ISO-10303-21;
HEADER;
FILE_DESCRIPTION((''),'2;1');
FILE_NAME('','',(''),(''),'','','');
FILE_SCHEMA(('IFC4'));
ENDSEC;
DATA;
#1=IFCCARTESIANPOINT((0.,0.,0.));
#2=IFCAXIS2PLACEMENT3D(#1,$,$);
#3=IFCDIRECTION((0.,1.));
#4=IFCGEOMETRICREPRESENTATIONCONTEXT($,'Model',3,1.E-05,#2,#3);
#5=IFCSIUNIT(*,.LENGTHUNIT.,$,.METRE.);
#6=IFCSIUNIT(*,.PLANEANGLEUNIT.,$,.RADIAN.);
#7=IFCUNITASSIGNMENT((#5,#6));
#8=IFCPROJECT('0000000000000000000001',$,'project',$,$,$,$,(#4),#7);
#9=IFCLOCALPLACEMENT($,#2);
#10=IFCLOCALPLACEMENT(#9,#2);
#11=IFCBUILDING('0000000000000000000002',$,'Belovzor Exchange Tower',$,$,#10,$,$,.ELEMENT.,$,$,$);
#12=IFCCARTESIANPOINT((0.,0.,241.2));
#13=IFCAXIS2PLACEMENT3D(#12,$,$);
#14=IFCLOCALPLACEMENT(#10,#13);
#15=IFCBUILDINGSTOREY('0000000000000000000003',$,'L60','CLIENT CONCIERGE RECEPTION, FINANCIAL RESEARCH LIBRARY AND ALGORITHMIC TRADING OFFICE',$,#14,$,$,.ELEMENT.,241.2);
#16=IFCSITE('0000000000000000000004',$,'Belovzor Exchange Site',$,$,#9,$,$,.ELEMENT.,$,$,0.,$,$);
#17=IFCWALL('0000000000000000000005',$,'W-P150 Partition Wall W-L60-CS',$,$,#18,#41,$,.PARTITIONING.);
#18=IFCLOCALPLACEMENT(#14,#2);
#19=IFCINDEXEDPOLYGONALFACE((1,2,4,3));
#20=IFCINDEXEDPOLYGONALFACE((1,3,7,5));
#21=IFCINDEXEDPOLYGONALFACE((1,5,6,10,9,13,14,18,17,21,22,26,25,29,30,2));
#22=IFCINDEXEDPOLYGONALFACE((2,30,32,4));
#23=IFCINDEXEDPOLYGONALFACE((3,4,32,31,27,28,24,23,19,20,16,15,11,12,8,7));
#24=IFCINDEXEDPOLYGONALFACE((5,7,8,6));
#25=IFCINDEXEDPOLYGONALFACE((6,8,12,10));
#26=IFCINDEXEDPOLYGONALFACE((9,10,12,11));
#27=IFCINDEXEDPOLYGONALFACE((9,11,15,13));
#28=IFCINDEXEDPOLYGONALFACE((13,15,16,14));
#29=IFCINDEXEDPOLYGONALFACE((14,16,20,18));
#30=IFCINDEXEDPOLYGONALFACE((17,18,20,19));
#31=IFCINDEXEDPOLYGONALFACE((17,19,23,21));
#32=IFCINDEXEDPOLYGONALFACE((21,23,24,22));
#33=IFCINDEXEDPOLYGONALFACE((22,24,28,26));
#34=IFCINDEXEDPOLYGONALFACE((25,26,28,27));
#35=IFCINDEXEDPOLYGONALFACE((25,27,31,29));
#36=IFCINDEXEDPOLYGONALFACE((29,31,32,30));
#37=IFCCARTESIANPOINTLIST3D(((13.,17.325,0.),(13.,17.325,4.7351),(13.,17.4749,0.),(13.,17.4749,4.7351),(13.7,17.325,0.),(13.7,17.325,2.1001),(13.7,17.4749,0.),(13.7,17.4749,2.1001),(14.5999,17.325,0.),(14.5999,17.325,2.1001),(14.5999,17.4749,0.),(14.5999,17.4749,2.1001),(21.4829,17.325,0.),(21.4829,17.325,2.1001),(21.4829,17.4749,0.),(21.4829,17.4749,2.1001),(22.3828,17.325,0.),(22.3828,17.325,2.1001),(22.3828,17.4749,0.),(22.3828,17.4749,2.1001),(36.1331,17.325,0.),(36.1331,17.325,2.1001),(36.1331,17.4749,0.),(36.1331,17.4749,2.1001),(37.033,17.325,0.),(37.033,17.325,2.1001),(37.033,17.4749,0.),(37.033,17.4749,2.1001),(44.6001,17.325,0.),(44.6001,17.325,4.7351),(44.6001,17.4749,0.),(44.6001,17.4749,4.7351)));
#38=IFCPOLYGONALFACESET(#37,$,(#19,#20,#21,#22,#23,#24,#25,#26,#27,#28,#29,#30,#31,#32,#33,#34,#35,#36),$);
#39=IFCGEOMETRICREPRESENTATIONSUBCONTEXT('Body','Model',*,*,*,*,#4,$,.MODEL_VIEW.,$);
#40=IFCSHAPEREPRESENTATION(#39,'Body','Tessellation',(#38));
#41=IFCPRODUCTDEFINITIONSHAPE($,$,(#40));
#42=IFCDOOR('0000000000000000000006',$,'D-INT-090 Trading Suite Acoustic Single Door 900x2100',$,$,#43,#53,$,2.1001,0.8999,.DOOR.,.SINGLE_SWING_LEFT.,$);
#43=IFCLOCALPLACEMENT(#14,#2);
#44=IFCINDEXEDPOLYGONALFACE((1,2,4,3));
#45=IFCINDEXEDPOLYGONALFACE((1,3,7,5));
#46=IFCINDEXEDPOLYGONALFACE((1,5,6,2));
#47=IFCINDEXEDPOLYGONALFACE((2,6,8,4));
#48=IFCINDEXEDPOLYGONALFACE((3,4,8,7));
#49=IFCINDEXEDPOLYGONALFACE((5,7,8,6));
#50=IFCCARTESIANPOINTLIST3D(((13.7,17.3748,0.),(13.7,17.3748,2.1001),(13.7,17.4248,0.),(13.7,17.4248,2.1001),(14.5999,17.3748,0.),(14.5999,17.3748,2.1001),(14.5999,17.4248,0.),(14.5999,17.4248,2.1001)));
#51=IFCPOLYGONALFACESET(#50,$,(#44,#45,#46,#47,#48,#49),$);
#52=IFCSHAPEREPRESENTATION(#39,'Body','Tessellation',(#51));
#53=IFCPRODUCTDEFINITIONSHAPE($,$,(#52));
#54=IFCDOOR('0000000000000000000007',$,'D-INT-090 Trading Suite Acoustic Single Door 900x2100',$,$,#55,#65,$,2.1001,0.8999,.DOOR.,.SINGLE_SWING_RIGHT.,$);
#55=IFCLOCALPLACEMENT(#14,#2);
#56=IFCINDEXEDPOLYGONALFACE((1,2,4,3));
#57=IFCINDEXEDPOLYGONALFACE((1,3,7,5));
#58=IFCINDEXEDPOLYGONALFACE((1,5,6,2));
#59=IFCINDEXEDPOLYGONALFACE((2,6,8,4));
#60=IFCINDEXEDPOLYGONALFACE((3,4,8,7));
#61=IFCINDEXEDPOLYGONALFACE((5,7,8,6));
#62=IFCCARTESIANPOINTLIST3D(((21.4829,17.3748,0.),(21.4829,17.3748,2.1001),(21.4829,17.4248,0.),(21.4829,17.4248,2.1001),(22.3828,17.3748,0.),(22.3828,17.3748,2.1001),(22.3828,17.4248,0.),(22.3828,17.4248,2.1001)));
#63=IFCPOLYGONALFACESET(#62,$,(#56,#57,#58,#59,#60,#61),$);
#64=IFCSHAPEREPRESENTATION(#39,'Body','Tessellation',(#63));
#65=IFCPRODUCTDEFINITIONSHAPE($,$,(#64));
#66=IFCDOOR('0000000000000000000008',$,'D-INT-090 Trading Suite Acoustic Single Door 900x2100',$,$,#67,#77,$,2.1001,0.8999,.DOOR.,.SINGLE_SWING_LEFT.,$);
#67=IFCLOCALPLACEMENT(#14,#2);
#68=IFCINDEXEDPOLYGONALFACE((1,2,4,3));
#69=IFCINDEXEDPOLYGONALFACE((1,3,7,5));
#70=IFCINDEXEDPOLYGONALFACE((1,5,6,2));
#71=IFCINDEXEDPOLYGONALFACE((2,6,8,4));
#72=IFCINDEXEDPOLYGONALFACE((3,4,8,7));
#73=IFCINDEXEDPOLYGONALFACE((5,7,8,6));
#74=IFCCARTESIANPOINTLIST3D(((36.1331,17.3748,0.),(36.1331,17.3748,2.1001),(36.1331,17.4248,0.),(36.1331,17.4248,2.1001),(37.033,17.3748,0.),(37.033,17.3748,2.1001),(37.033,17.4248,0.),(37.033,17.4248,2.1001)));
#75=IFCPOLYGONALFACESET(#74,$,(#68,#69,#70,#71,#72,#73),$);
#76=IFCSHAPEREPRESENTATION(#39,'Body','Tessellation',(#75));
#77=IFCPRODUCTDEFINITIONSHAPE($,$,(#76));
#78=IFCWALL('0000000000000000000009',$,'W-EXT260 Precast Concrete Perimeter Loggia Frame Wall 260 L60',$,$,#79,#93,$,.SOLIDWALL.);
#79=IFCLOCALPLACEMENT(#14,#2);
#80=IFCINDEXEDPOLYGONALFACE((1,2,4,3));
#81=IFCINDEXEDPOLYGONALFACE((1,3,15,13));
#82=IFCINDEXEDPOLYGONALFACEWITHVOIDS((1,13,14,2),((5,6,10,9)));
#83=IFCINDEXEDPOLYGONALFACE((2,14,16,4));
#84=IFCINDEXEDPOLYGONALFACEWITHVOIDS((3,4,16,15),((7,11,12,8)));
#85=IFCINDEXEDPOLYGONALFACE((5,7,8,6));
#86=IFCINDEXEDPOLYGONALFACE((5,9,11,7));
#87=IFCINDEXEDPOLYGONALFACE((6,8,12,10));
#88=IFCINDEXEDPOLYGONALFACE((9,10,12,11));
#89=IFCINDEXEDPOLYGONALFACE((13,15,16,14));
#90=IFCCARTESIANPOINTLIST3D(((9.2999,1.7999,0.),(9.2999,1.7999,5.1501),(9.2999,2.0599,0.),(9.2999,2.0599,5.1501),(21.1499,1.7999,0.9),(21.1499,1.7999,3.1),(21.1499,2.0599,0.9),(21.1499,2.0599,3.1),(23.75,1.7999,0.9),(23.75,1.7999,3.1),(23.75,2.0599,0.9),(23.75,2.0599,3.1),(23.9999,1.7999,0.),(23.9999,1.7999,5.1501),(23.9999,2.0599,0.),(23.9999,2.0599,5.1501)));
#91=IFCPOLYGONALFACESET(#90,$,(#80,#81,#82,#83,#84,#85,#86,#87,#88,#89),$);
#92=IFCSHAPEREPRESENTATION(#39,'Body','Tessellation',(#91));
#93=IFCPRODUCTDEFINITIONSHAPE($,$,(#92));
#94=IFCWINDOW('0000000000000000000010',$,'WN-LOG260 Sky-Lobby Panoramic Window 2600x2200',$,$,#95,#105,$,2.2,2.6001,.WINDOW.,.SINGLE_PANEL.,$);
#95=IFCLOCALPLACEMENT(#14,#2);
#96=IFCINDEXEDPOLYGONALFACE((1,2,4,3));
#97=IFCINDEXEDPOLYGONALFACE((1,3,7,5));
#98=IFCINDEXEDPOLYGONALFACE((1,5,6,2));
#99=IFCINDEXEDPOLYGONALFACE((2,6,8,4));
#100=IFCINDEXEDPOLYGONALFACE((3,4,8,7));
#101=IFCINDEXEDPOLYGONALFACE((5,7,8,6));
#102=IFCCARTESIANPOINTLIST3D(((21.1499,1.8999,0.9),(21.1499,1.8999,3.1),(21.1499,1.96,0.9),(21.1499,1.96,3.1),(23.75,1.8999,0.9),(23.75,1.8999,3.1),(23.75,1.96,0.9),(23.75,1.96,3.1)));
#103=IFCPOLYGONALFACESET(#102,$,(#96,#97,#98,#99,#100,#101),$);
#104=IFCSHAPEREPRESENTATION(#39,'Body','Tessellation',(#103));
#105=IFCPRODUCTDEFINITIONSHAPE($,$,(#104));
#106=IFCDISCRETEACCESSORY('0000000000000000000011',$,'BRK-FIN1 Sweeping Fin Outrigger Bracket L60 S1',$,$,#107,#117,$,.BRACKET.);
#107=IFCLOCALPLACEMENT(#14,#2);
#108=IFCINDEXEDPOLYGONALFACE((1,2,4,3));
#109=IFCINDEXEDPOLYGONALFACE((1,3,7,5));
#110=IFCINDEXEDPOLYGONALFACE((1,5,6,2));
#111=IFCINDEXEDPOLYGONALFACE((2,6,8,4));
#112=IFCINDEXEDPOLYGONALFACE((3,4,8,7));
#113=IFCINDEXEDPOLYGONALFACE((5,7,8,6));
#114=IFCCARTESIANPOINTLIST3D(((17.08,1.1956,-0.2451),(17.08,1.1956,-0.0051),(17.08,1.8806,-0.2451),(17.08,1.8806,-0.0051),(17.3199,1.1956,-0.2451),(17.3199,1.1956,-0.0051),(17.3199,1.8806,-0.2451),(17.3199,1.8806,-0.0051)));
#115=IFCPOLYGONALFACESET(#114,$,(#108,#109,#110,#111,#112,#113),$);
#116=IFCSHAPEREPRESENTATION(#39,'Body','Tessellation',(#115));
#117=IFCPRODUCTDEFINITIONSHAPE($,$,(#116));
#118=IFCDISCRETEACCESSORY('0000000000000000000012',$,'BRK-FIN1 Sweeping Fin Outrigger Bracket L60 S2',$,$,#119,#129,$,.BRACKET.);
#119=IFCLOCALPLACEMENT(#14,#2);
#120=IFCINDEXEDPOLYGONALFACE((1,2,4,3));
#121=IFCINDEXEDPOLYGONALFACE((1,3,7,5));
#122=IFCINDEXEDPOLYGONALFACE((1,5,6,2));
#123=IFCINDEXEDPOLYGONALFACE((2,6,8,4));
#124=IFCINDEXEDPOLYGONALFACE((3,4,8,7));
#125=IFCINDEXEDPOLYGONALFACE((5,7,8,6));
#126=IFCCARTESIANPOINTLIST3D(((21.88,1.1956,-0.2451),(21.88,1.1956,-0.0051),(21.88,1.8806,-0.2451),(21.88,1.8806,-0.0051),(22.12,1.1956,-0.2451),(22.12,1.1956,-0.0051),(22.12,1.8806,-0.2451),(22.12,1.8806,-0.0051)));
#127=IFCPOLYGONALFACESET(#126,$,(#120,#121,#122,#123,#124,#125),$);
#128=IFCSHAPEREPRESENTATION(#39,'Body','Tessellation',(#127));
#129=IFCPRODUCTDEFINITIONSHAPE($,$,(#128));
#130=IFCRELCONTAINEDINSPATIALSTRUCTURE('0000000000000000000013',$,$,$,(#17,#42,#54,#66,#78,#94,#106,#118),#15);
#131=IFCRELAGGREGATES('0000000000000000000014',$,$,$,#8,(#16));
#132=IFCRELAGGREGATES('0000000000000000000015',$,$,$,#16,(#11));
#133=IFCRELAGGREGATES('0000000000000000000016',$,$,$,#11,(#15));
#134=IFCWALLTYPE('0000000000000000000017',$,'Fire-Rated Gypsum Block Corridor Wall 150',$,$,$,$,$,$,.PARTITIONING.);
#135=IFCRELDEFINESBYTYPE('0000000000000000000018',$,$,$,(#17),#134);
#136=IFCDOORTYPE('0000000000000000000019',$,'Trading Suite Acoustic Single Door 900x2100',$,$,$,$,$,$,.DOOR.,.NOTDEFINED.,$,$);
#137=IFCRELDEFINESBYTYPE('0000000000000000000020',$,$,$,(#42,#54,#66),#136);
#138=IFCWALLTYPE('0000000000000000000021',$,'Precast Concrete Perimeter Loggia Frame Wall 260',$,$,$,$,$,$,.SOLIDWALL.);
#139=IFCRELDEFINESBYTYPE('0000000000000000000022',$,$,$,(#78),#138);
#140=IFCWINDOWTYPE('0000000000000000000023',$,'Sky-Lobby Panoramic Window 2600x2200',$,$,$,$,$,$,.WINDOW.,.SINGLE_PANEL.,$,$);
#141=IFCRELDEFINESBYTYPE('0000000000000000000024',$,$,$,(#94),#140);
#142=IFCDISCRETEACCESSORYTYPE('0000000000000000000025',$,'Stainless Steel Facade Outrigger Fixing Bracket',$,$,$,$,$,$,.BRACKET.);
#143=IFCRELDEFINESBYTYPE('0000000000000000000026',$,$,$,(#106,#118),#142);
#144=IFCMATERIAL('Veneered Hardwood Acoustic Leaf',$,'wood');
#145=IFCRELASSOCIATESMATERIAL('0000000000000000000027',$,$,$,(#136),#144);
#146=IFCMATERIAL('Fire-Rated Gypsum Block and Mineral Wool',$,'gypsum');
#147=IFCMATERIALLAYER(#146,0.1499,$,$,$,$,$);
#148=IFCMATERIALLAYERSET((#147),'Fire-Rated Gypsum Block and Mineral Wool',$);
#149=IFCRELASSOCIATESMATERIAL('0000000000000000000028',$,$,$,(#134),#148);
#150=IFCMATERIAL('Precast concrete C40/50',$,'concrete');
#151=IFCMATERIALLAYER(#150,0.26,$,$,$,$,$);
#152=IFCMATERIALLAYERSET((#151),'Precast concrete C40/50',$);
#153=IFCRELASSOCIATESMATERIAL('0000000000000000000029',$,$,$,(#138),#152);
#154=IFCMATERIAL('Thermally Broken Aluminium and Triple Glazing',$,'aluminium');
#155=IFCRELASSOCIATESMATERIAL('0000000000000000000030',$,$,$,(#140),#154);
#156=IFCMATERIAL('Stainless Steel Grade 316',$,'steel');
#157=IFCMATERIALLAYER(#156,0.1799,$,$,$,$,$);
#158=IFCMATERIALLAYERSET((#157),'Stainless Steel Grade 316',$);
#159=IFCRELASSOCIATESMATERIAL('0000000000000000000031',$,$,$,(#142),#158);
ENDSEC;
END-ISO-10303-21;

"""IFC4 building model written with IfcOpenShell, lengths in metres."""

from ifc_helpers import new_model, si_unit, direction, frame, frame_2d, origin, origin_2d, place, context, subcontext, project, spatial, rectangle, extrude, material, layer, layer_set, type_object, element, fill, save


model = new_model("IFC4")

# Units and contexts
model_context = context("Model", 3, precision=1e-05, world=origin(), true_north=direction((0.0, 1.0)))
body_context = subcontext(model_context, "Body", "Model", "MODEL_VIEW")
ifc_project = project(units=[si_unit("LENGTHUNIT", "METRE"), si_unit("PLANEANGLEUNIT", "RADIAN")], contexts=[model_context])

# Site, building, storey
site_placement = place(None, origin())
site = spatial("IfcSite", under=ifc_project, at=site_placement, Name="Belovzor Exchange Site", CompositionType="ELEMENT", RefElevation=0.0)
building_placement = place(site_placement, origin())
building = spatial("IfcBuilding", under=site, at=building_placement, Name="Belovzor Exchange Tower", CompositionType="ELEMENT")
storey_placement = place(building_placement, frame((0.0, 0.0, 241.2)))
storey = spatial("IfcBuildingStorey", under=building, at=storey_placement, Name="L60", Description="CLIENT CONCIERGE RECEPTION, FINANCIAL RESEARCH LIBRARY AND ALGORITHMIC TRADING OFFICE", CompositionType="ELEMENT", Elevation=241.2)

# Shared definitions
ifc_material_1 = material(Name="Veneered Hardwood Acoustic Leaf", Category="wood")
door_type = type_object("IfcDoorType", Name="Trading Suite Acoustic Single Door 900x2100", OperationType="NOTDEFINED", PredefinedType="DOOR", material=ifc_material_1)

# Wall, openings, doors
ifc_material_2 = material(Name="Fire-Rated Gypsum Block and Mineral Wool", Category="gypsum")
ifc_layer_1 = layer(ifc_material_2, 0.1499)
ifc_layer_set_1 = layer_set([ifc_layer_1], Name="Fire-Rated Gypsum Block and Mineral Wool")
wall_type_1 = type_object("IfcWallType", Name="Fire-Rated Gypsum Block Corridor Wall 150", PredefinedType="PARTITIONING", material=ifc_layer_set_1)
wall_1_placement = place(storey_placement, frame((13.0, 17.3999, 0.0), z_axis=(0.0, 0.0, 1.0), x_axis=(1.0, 0.0, 0.0)))
wall_1 = element("IfcWall", 1, at=wall_1_placement, inside=storey, type_object=wall_type_1, Name="W-P150 Partition Wall W-L60-CS", PredefinedType="PARTITIONING", context=body_context, shape_type="SweptSolid", body=[
    extrude(rectangle(XDim=31.6001, YDim=0.1499, at=frame_2d((15.8, 0.0))), origin(), (0.0, 0.0, 1.0), 4.7351),
])
opening_1_placement = place(wall_1_placement, frame((0.7, 0.0, 0.0)))
opening_1 = element("IfcOpeningElement", 2, at=opening_1_placement, cuts=wall_1, PredefinedType="OPENING", context=body_context, shape_type="SweptSolid", body=[
    extrude(rectangle(XDim=0.8999, YDim=2.1001, at=frame_2d((0.45, 1.05))), frame((0.0, 0.085, 0.0), z_axis=(0.0, -1.0, 0.0), x_axis=(1.0, 0.0, 0.0)), (0.0, 0.0, 1.0), 0.1699),
])
opening_2_placement = place(wall_1_placement, frame((8.4829, 0.0, 0.0)))
opening_2 = element("IfcOpeningElement", 3, at=opening_2_placement, cuts=wall_1, PredefinedType="OPENING", context=body_context, shape_type="SweptSolid", body=[
    extrude(rectangle(XDim=0.8999, YDim=2.1001, at=frame_2d((0.45, 1.05))), frame((0.0, 0.085, 0.0), z_axis=(0.0, -1.0, 0.0), x_axis=(1.0, 0.0, 0.0)), (0.0, 0.0, 1.0), 0.1699),
])
opening_3_placement = place(wall_1_placement, frame((23.1331, 0.0, 0.0)))
opening_3 = element("IfcOpeningElement", 4, at=opening_3_placement, cuts=wall_1, PredefinedType="OPENING", context=body_context, shape_type="SweptSolid", body=[
    extrude(rectangle(XDim=0.8999, YDim=2.1001, at=frame_2d((0.45, 1.05))), frame((0.0, 0.085, 0.0), z_axis=(0.0, -1.0, 0.0), x_axis=(1.0, 0.0, 0.0)), (0.0, 0.0, 1.0), 0.1699),
])
door_1_placement = place(opening_1_placement, origin())
door_1 = element("IfcDoor", 5, at=door_1_placement, inside=storey, type_object=door_type, Name="D-INT-090 Trading Suite Acoustic Single Door 900x2100", OperationType="SINGLE_SWING_LEFT", OverallHeight=2.1001, OverallWidth=0.8999, PredefinedType="DOOR", context=body_context, shape_type="SweptSolid", body=[
    extrude(rectangle(XDim=0.8999, YDim=2.1001, at=frame_2d((0.45, 1.05))), frame((0.0, 0.0249, 0.0), z_axis=(0.0, -1.0, 0.0), x_axis=(1.0, 0.0, 0.0)), (0.0, 0.0, 1.0), 0.05),
])
fill(opening_1, door_1)
door_2_placement = place(opening_2_placement, origin())
door_2 = element("IfcDoor", 6, at=door_2_placement, inside=storey, type_object=door_type, Name="D-INT-090 Trading Suite Acoustic Single Door 900x2100", OperationType="SINGLE_SWING_RIGHT", OverallHeight=2.1001, OverallWidth=0.8999, PredefinedType="DOOR", context=body_context, shape_type="SweptSolid", body=[
    extrude(rectangle(XDim=0.8999, YDim=2.1001, at=frame_2d((0.45, 1.05))), frame((0.0, 0.0249, 0.0), z_axis=(0.0, -1.0, 0.0), x_axis=(1.0, 0.0, 0.0)), (0.0, 0.0, 1.0), 0.05),
])
fill(opening_2, door_2)
door_3_placement = place(opening_3_placement, origin())
door_3 = element("IfcDoor", 7, at=door_3_placement, inside=storey, type_object=door_type, Name="D-INT-090 Trading Suite Acoustic Single Door 900x2100", OperationType="SINGLE_SWING_LEFT", OverallHeight=2.1001, OverallWidth=0.8999, PredefinedType="DOOR", context=body_context, shape_type="SweptSolid", body=[
    extrude(rectangle(XDim=0.8999, YDim=2.1001, at=frame_2d((0.45, 1.05))), frame((0.0, 0.0249, 0.0), z_axis=(0.0, -1.0, 0.0), x_axis=(1.0, 0.0, 0.0)), (0.0, 0.0, 1.0), 0.05),
])
fill(opening_3, door_3)

# Wall, opening, window
ifc_material_3 = material(Name="Precast concrete C40/50", Category="concrete")
ifc_layer_2 = layer(ifc_material_3, 0.26)
ifc_layer_set_2 = layer_set([ifc_layer_2], Name="Precast concrete C40/50")
wall_type_2 = type_object("IfcWallType", Name="Precast Concrete Perimeter Loggia Frame Wall 260", PredefinedType="SOLIDWALL", material=ifc_layer_set_2)
wall_2_placement = place(storey_placement, frame((24.0, 1.9299, 0.0), z_axis=(0.0, 0.0, 1.0), x_axis=(-1.0, 0.0, 0.0)))
wall_2 = element("IfcWall", 8, at=wall_2_placement, inside=storey, type_object=wall_type_2, Name="W-EXT260 Precast Concrete Perimeter Loggia Frame Wall 260 L60", PredefinedType="SOLIDWALL", context=body_context, shape_type="SweptSolid", body=[
    extrude(rectangle(XDim=14.7, YDim=0.26, at=frame_2d((7.3501, 0.0))), origin(), (0.0, 0.0, 1.0), 5.1501),
])
opening_4_placement = place(wall_2_placement, frame((0.25, 0.0, 0.8999)))
opening_4 = element("IfcOpeningElement", 9, at=opening_4_placement, cuts=wall_2, PredefinedType="OPENING", context=body_context, shape_type="SweptSolid", body=[
    extrude(rectangle(XDim=2.6001, YDim=2.2, at=frame_2d((1.3, 1.1001))), frame((0.0, 0.1399, 0.0), z_axis=(0.0, -1.0, 0.0), x_axis=(1.0, 0.0, 0.0)), (0.0, 0.0, 1.0), 0.28),
])
ifc_material_4 = material(Name="Thermally Broken Aluminium and Triple Glazing", Category="aluminium")
window_type = type_object("IfcWindowType", Name="Sky-Lobby Panoramic Window 2600x2200", PartitioningType="SINGLE_PANEL", PredefinedType="WINDOW", material=ifc_material_4)
window_placement = place(opening_4_placement, origin())
window = element("IfcWindow", 10, at=window_placement, inside=storey, type_object=window_type, Name="WN-LOG260 Sky-Lobby Panoramic Window 2600x2200", OverallHeight=2.2, OverallWidth=2.6001, PartitioningType="SINGLE_PANEL", PredefinedType="WINDOW", context=body_context, shape_type="SweptSolid", body=[
    extrude(rectangle(XDim=2.6001, YDim=2.2, at=frame_2d((1.3, 1.1001))), frame((0.0, 0.03, 0.0), z_axis=(0.0, -1.0, 0.0), x_axis=(1.0, 0.0, 0.0)), (0.0, 0.0, 1.0), 0.0601),
])
fill(opening_4, window)

# Discrete accessories
ifc_material_5 = material(Name="Stainless Steel Grade 316", Category="steel")
ifc_layer_3 = layer(ifc_material_5, 0.1799)
ifc_layer_set_3 = layer_set([ifc_layer_3], Name="Stainless Steel Grade 316")
discrete_accessory_type = type_object("IfcDiscreteAccessoryType", Name="Stainless Steel Facade Outrigger Fixing Bracket", PredefinedType="BRACKET", material=ifc_layer_set_3)
for number, where, z_axis, x_axis, name in (
    (11, (17.2, 1.5381, -0.2451), (0.0, 0.0, 1.0), (0.0, 1.0, 0.0), "BRK-FIN1 Sweeping Fin Outrigger Bracket L60 S1"),
    (12, (22.0, 1.5381, -0.2451), (0.0, 0.0, 1.0), (0.0, 1.0, 0.0), "BRK-FIN1 Sweeping Fin Outrigger Bracket L60 S2"),
):
    element("IfcDiscreteAccessory", number, at=place(storey_placement, frame(where, z_axis=z_axis, x_axis=x_axis)), inside=storey, type_object=discrete_accessory_type, Name=name, PredefinedType="BRACKET", context=body_context, shape_type="SweptSolid", body=[
        extrude(rectangle(XDim=0.6851, YDim=0.24, at=origin_2d()), origin(), (0.0, 0.0, 1.0), 0.24),
    ])

save(model, "model.ifc")
